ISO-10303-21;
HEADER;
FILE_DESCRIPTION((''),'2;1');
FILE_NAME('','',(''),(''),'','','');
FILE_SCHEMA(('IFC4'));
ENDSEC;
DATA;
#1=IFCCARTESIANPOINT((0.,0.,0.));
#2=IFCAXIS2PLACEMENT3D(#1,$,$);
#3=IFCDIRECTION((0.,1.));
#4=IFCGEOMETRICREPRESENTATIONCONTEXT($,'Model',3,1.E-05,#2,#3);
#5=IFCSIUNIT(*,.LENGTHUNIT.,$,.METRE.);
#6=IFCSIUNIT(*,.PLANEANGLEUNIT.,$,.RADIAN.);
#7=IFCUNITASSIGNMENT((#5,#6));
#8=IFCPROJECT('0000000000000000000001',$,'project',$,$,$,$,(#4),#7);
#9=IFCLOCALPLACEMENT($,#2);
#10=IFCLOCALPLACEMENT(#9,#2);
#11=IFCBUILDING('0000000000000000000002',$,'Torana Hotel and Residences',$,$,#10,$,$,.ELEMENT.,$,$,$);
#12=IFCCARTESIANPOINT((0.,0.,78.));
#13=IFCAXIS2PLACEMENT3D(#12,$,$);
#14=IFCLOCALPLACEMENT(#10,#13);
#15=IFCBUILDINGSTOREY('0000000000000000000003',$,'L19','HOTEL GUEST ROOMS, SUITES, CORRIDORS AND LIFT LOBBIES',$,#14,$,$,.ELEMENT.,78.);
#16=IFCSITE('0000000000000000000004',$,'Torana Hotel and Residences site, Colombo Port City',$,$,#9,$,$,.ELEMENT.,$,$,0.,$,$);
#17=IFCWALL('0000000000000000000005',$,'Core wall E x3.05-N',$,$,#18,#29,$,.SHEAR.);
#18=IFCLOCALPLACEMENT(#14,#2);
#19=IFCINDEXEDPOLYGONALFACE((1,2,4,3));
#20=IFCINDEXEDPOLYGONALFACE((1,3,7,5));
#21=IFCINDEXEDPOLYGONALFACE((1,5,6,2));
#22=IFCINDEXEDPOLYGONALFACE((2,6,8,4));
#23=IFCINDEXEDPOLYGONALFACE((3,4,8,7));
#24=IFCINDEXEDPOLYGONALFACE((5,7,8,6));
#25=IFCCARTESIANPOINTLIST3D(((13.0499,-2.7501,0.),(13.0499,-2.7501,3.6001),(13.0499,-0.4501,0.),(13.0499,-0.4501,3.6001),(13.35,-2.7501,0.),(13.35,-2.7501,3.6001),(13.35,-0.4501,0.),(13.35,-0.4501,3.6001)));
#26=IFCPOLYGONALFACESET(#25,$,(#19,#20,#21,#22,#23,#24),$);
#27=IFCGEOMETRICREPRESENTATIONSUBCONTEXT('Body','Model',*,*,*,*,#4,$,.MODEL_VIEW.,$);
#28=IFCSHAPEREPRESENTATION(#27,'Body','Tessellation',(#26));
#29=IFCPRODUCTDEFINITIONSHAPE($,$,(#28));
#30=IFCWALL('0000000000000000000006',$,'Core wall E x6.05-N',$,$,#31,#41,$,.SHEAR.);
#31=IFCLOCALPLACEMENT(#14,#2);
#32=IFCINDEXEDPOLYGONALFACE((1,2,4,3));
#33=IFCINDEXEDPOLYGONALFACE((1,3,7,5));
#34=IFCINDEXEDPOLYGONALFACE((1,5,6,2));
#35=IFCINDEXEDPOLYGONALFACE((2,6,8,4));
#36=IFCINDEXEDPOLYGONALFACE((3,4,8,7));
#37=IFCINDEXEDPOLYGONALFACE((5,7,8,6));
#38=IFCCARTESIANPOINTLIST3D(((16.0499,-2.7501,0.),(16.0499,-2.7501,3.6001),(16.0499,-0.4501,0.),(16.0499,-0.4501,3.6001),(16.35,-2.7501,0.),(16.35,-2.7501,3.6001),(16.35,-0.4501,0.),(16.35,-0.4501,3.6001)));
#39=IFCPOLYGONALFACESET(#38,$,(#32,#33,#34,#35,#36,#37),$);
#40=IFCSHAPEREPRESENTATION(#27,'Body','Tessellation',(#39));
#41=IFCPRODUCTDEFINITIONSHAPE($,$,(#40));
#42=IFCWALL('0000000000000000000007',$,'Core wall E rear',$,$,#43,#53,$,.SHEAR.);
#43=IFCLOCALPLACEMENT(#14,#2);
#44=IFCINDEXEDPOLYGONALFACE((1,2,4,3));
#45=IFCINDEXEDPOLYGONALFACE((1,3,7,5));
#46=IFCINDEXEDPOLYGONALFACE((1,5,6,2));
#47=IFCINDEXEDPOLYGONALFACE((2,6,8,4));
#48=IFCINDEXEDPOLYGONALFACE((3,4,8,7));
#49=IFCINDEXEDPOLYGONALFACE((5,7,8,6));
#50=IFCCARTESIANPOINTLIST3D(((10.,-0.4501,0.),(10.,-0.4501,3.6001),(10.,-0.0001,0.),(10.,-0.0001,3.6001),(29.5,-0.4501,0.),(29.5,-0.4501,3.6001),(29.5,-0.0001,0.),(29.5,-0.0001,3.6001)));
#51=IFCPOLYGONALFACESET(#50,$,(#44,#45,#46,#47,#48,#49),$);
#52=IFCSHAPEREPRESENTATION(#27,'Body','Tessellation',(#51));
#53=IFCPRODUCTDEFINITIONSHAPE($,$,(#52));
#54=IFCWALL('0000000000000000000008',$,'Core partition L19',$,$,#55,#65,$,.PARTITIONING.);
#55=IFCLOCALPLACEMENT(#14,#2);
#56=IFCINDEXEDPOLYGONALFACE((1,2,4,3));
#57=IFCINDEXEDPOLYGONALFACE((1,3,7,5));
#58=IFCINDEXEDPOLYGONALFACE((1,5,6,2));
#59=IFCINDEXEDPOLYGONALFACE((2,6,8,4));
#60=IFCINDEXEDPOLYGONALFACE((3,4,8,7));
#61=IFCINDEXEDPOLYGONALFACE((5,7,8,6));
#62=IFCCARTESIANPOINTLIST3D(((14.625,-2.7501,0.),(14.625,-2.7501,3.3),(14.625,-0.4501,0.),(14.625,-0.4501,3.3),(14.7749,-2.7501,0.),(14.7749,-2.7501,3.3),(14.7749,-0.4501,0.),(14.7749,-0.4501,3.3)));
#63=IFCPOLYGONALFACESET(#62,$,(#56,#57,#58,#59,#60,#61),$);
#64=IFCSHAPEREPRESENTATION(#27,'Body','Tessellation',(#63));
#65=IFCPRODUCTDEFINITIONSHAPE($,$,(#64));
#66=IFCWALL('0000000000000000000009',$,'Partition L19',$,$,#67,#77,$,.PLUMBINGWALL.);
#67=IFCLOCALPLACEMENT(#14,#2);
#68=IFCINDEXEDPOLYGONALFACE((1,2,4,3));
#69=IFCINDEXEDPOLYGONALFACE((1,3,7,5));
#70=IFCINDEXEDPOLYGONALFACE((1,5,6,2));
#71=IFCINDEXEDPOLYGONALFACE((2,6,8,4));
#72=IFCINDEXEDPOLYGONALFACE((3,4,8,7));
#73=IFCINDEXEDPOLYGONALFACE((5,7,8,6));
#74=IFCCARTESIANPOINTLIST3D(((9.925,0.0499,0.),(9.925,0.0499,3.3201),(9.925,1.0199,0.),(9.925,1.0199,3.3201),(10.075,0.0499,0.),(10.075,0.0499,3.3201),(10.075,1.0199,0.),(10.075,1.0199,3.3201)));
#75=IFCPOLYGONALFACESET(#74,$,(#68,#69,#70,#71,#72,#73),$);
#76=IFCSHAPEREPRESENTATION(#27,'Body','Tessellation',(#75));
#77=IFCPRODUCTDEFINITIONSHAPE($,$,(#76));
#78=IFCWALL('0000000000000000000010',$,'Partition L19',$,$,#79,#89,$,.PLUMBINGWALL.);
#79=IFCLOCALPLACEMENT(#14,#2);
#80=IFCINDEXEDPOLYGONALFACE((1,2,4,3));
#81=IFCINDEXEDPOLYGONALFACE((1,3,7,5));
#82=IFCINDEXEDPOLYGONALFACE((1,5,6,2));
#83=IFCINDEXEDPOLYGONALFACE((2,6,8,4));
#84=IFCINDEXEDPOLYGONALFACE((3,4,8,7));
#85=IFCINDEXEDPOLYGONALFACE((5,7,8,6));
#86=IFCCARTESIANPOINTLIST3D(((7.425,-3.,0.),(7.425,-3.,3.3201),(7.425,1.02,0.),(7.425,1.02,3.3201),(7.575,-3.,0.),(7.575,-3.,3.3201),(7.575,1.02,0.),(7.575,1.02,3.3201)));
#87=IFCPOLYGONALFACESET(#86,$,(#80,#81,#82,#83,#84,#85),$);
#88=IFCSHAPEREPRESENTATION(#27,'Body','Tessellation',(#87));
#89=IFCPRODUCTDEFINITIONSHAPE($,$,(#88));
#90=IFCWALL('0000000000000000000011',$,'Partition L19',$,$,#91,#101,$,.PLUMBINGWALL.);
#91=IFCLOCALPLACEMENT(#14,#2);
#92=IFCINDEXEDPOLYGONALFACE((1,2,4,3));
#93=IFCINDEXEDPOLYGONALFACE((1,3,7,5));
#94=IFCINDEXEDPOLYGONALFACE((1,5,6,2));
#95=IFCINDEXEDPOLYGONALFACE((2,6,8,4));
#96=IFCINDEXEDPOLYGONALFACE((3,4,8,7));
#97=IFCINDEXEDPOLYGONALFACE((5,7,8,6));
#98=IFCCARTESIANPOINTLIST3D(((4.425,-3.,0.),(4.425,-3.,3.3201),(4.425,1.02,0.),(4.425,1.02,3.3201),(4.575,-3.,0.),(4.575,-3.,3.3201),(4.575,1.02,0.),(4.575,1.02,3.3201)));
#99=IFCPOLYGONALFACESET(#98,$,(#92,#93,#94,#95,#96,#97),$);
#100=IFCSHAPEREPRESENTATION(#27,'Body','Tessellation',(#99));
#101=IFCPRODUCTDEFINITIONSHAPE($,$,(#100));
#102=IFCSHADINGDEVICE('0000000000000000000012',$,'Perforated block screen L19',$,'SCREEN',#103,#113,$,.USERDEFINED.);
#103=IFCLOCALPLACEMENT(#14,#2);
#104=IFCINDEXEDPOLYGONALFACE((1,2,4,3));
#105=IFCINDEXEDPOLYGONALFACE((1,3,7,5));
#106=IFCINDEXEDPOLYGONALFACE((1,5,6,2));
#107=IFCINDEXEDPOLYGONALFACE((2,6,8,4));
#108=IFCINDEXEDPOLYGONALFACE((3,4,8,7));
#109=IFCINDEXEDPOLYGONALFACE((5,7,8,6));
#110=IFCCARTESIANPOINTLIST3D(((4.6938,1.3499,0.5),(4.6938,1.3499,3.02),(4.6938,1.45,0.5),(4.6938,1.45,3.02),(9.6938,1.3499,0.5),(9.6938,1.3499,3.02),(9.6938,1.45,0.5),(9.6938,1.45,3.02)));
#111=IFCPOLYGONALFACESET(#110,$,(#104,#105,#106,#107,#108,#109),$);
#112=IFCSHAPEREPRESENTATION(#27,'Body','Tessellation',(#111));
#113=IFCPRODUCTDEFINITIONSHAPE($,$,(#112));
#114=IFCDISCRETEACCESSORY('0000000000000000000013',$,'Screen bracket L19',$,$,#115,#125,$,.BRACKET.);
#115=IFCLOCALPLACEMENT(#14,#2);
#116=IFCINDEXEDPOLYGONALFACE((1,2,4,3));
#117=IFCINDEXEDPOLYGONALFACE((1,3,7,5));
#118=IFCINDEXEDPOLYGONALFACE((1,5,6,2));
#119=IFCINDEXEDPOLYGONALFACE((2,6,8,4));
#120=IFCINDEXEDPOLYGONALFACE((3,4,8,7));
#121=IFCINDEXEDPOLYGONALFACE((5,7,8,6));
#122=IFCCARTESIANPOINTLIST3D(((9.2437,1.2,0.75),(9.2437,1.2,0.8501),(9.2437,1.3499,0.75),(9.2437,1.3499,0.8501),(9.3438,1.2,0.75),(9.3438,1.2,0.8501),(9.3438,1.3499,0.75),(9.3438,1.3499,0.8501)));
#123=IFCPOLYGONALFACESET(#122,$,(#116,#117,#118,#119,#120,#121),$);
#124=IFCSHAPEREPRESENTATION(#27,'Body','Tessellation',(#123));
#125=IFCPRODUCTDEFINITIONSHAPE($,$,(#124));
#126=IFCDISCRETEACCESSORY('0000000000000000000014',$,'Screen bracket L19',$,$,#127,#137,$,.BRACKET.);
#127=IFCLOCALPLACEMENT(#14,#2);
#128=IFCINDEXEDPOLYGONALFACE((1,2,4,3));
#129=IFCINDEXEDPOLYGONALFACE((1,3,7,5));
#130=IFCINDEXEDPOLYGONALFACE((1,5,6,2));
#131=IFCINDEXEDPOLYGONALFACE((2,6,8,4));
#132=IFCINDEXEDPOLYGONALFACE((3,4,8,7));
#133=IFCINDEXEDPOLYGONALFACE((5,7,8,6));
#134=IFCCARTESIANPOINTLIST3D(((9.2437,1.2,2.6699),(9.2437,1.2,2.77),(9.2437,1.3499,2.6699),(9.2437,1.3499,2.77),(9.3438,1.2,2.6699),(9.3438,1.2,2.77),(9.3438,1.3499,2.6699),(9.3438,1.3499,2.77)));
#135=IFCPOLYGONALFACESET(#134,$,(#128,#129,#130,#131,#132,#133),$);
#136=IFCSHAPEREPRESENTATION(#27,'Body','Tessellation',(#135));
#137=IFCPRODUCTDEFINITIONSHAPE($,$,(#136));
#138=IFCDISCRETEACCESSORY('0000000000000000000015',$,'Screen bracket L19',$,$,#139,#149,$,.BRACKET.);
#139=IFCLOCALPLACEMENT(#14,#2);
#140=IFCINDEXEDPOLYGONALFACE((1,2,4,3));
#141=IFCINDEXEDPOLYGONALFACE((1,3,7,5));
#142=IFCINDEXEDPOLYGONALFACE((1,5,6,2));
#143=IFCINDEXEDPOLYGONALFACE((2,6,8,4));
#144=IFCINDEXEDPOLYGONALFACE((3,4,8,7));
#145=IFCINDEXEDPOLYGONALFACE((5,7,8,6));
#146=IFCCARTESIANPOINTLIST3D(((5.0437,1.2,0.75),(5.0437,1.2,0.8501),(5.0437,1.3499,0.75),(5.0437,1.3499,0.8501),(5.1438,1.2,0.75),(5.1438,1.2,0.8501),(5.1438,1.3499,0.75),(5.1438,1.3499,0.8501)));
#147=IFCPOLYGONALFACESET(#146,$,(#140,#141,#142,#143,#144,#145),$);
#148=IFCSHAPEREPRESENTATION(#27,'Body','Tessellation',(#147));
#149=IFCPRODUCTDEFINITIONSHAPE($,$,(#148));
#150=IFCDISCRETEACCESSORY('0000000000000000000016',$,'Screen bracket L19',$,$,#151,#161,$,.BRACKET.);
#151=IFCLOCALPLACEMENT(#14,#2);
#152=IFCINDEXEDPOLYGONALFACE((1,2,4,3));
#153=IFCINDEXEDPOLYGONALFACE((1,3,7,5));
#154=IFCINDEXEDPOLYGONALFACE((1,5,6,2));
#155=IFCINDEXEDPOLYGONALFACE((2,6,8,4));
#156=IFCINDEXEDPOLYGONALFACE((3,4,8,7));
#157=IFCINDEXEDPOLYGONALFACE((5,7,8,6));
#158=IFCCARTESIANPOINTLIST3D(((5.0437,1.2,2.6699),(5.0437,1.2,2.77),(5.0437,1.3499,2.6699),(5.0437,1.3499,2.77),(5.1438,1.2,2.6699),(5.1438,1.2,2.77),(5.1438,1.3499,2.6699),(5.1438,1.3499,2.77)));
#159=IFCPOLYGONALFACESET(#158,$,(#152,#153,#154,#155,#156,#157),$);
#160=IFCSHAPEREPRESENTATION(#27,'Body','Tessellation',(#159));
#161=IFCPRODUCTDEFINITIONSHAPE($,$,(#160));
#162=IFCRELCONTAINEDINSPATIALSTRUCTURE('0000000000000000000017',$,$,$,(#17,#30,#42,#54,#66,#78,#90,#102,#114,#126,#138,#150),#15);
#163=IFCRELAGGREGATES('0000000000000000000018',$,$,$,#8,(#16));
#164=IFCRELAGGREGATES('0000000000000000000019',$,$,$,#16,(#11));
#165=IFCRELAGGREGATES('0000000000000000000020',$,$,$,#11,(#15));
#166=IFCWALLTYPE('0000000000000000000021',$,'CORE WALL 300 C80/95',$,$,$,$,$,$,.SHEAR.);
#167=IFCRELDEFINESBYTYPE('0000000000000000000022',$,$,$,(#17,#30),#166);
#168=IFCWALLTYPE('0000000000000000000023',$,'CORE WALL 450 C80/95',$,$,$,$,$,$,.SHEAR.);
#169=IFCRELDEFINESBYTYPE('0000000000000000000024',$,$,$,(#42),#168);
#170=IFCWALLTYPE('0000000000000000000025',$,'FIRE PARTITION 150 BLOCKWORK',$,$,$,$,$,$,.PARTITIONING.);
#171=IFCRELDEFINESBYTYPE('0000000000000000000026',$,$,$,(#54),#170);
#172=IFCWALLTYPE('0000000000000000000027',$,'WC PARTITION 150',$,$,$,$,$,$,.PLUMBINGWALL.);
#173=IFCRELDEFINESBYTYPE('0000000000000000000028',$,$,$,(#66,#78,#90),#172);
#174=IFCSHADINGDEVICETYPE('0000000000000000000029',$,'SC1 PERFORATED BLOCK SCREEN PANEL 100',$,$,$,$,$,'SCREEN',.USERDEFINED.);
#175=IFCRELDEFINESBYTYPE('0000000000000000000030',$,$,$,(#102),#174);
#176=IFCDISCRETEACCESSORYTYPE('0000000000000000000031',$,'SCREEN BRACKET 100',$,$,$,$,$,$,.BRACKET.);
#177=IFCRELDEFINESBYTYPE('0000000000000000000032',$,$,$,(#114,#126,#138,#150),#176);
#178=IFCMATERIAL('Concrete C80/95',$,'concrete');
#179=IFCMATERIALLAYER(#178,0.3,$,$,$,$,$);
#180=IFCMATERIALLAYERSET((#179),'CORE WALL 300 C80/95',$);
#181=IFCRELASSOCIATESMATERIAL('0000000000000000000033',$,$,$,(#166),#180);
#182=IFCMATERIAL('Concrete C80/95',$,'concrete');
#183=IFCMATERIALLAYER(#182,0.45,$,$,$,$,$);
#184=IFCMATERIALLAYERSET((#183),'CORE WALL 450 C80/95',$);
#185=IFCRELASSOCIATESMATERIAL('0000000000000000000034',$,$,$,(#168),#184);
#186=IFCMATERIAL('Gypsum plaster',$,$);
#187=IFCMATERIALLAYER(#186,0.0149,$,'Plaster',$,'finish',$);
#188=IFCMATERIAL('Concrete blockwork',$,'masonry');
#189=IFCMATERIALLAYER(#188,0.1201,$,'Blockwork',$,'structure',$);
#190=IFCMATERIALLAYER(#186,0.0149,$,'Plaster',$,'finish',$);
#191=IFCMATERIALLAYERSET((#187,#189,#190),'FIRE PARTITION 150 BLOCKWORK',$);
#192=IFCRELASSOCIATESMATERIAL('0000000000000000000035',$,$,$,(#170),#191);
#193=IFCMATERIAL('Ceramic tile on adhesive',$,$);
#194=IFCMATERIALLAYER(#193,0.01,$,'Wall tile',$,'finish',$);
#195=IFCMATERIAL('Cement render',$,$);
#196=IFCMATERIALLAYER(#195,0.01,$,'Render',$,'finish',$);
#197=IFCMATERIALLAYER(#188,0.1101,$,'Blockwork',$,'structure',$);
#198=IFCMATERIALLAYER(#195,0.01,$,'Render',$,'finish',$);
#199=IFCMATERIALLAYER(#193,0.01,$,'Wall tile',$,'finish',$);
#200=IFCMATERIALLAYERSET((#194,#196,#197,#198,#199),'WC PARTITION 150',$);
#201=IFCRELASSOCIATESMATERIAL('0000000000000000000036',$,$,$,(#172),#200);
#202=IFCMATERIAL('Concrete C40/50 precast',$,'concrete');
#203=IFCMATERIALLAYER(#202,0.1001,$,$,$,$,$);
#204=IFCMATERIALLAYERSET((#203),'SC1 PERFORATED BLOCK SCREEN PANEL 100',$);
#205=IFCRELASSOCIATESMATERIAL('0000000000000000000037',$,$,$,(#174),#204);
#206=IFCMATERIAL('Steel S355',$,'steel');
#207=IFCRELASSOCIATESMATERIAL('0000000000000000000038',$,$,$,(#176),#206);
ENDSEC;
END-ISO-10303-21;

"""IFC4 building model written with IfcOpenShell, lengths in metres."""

from ifc_helpers import new_model, si_unit, direction, frame, frame_2d, origin, origin_2d, place, context, subcontext, project, spatial, rectangle, extrude, material, layer, layer_set, type_object, element, save


model = new_model("IFC4")

# Units and contexts
model_context = context("Model", 3, precision=1e-05, world=origin(), true_north=direction((0.0, 1.0)))
body_context = subcontext(model_context, "Body", "Model", "MODEL_VIEW")
ifc_project = project(units=[si_unit("LENGTHUNIT", "METRE"), si_unit("PLANEANGLEUNIT", "RADIAN")], contexts=[model_context])

# Site, building, storey
site_placement = place(None, origin())
site = spatial("IfcSite", under=ifc_project, at=site_placement, Name="Torana Hotel and Residences site, Colombo Port City", CompositionType="ELEMENT", RefElevation=0.0)
building_placement = place(site_placement, origin())
building = spatial("IfcBuilding", under=site, at=building_placement, Name="Torana Hotel and Residences", CompositionType="ELEMENT")
storey_placement = place(building_placement, frame((0.0, 0.0, 78.0)))
storey = spatial("IfcBuildingStorey", under=building, at=storey_placement, Name="L19", Description="HOTEL GUEST ROOMS, SUITES, CORRIDORS AND LIFT LOBBIES", CompositionType="ELEMENT", Elevation=78.0)

# Shared definitions
ifc_material_1 = material(Name="Concrete C80/95", Category="concrete")
ifc_layer_1 = layer(ifc_material_1, 0.3)
ifc_layer_set_1 = layer_set([ifc_layer_1], Name="CORE WALL 300 C80/95")
wall_type_1 = type_object("IfcWallType", Name="CORE WALL 300 C80/95", PredefinedType="SHEAR", material=ifc_layer_set_1)

# Walls
for number, where, z_axis, x_axis, name in (
    (1, (13.2, -2.75, 0.0), (0.0, 0.0, 1.0), (0.0, 1.0, 0.0), "Core wall E x3.05-N"),
    (2, (16.2, -2.75, 0.0), (0.0, 0.0, 1.0), (0.0, 1.0, 0.0), "Core wall E x6.05-N"),
):
    element("IfcWall", number, at=place(storey_placement, frame(where, z_axis=z_axis, x_axis=x_axis)), inside=storey, type_object=wall_type_1, Name=name, PredefinedType="SHEAR", context=body_context, shape_type="SweptSolid", body=[
        extrude(rectangle(XDim=2.3, YDim=0.3, at=frame_2d((1.1499, 0.0))), origin(), (0.0, 0.0, 1.0), 3.6001),
    ])
ifc_material_2 = material(Name="Concrete C80/95", Category="concrete")
ifc_layer_2 = layer(ifc_material_2, 0.45)
ifc_layer_set_2 = layer_set([ifc_layer_2], Name="CORE WALL 450 C80/95")
wall_type_2 = type_object("IfcWallType", Name="CORE WALL 450 C80/95", PredefinedType="SHEAR", material=ifc_layer_set_2)
wall_1_placement = place(storey_placement, frame((10.0, -0.2251, 0.0), z_axis=(0.0, 0.0, 1.0), x_axis=(1.0, 0.0, 0.0)))
element("IfcWall", 3, at=wall_1_placement, inside=storey, type_object=wall_type_2, Name="Core wall E rear", PredefinedType="SHEAR", context=body_context, shape_type="SweptSolid", body=[
    extrude(rectangle(XDim=19.5, YDim=0.45, at=frame_2d((9.75, 0.0))), origin(), (0.0, 0.0, 1.0), 3.6001),
])
ifc_material_3 = material(Name="Gypsum plaster")
ifc_layer_3 = layer(ifc_material_3, 0.0149, Name="Plaster", Category="finish")
ifc_material_4 = material(Name="Concrete blockwork", Category="masonry")
ifc_layer_4 = layer(ifc_material_4, 0.1201, Name="Blockwork", Category="structure")
ifc_layer_5 = layer(ifc_material_3, 0.0149, Name="Plaster", Category="finish")
ifc_layer_set_3 = layer_set([ifc_layer_3, ifc_layer_4, ifc_layer_5], Name="FIRE PARTITION 150 BLOCKWORK")
wall_type_3 = type_object("IfcWallType", Name="FIRE PARTITION 150 BLOCKWORK", PredefinedType="PARTITIONING", material=ifc_layer_set_3)
wall_2_placement = place(storey_placement, frame((14.7, -2.75, 0.0), z_axis=(0.0, 0.0, 1.0), x_axis=(0.0, 1.0, 0.0)))
element("IfcWall", 4, at=wall_2_placement, inside=storey, type_object=wall_type_3, Name="Core partition L19", PredefinedType="PARTITIONING", context=body_context, shape_type="SweptSolid", body=[
    extrude(rectangle(XDim=2.3, YDim=0.1499, at=frame_2d((1.1499, 0.0))), origin(), (0.0, 0.0, 1.0), 3.3),
])
ifc_material_5 = material(Name="Ceramic tile on adhesive")
ifc_layer_6 = layer(ifc_material_5, 0.01, Name="Wall tile", Category="finish")
ifc_material_6 = material(Name="Cement render")
ifc_layer_7 = layer(ifc_material_6, 0.01, Name="Render", Category="finish")
ifc_layer_8 = layer(ifc_material_4, 0.1101, Name="Blockwork", Category="structure")
ifc_layer_9 = layer(ifc_material_6, 0.01, Name="Render", Category="finish")
ifc_layer_10 = layer(ifc_material_5, 0.01, Name="Wall tile", Category="finish")
ifc_layer_set_4 = layer_set([ifc_layer_6, ifc_layer_7, ifc_layer_8, ifc_layer_9, ifc_layer_10], Name="WC PARTITION 150")
wall_type_4 = type_object("IfcWallType", Name="WC PARTITION 150", PredefinedType="PLUMBINGWALL", material=ifc_layer_set_4)
wall_3_placement = place(storey_placement, frame((10.0, 0.05, 0.0), z_axis=(0.0, 0.0, 1.0), x_axis=(0.0, 1.0, 0.0)))
element("IfcWall", 5, at=wall_3_placement, inside=storey, type_object=wall_type_4, Name="Partition L19", PredefinedType="PLUMBINGWALL", context=body_context, shape_type="SweptSolid", body=[
    extrude(rectangle(XDim=0.97, YDim=0.1499, at=frame_2d((0.4849, 0.0))), origin(), (0.0, 0.0, 1.0), 3.3201),
])
for number, where, z_axis, x_axis, name in (
    (6, (7.5, -3.0, 0.0), (0.0, 0.0, 1.0), (0.0, 1.0, 0.0), "Partition L19"),
    (7, (4.5, -3.0, 0.0), (0.0, 0.0, 1.0), (0.0, 1.0, 0.0), "Partition L19"),
):
    element("IfcWall", number, at=place(storey_placement, frame(where, z_axis=z_axis, x_axis=x_axis)), inside=storey, type_object=wall_type_4, Name=name, PredefinedType="PLUMBINGWALL", context=body_context, shape_type="SweptSolid", body=[
        extrude(rectangle(XDim=4.02, YDim=0.1499, at=frame_2d((2.01, 0.0))), origin(), (0.0, 0.0, 1.0), 3.3201),
    ])

# Shading device
ifc_material_7 = material(Name="Concrete C40/50 precast", Category="concrete")
ifc_layer_11 = layer(ifc_material_7, 0.1001)
ifc_layer_set_5 = layer_set([ifc_layer_11], Name="SC1 PERFORATED BLOCK SCREEN PANEL 100")
shading_device_type = type_object("IfcShadingDeviceType", Name="SC1 PERFORATED BLOCK SCREEN PANEL 100", ElementType="SCREEN", PredefinedType="USERDEFINED", material=ifc_layer_set_5)
shading_device_placement = place(storey_placement, frame((7.1938, 1.3999, 0.5), z_axis=(0.0, 0.0, 1.0), x_axis=(-1.0, 0.0, 0.0)))
element("IfcShadingDevice", 8, at=shading_device_placement, inside=storey, type_object=shading_device_type, Name="Perforated block screen L19", ObjectType="SCREEN", PredefinedType="USERDEFINED", context=body_context, shape_type="SweptSolid", body=[
    extrude(rectangle(XDim=5.0, YDim=0.1001, at=origin_2d()), origin(), (0.0, 0.0, 1.0), 2.52),
])

# Discrete accessories
ifc_material_8 = material(Name="Steel S355", Category="steel")
discrete_accessory_type = type_object("IfcDiscreteAccessoryType", Name="SCREEN BRACKET 100", PredefinedType="BRACKET", material=ifc_material_8)
for number, where, z_axis, x_axis, name in (
    (9, (9.2937, 1.2749, 0.75), (0.0, 0.0, 1.0), (-1.0, 0.0, 0.0), "Screen bracket L19"),
    (10, (9.2937, 1.2749, 2.6699), (0.0, 0.0, 1.0), (-1.0, 0.0, 0.0), "Screen bracket L19"),
    (11, (5.0938, 1.2749, 0.75), (0.0, 0.0, 1.0), (-1.0, 0.0, 0.0), "Screen bracket L19"),
    (12, (5.0938, 1.2749, 2.6699), (0.0, 0.0, 1.0), (-1.0, 0.0, 0.0), "Screen bracket L19"),
):
    element("IfcDiscreteAccessory", number, at=place(storey_placement, frame(where, z_axis=z_axis, x_axis=x_axis)), inside=storey, type_object=discrete_accessory_type, Name=name, PredefinedType="BRACKET", context=body_context, shape_type="SweptSolid", body=[
        extrude(rectangle(XDim=0.1001, YDim=0.1499, at=origin_2d()), origin(), (0.0, 0.0, 1.0), 0.1001),
    ])

save(model, "model.ifc")
